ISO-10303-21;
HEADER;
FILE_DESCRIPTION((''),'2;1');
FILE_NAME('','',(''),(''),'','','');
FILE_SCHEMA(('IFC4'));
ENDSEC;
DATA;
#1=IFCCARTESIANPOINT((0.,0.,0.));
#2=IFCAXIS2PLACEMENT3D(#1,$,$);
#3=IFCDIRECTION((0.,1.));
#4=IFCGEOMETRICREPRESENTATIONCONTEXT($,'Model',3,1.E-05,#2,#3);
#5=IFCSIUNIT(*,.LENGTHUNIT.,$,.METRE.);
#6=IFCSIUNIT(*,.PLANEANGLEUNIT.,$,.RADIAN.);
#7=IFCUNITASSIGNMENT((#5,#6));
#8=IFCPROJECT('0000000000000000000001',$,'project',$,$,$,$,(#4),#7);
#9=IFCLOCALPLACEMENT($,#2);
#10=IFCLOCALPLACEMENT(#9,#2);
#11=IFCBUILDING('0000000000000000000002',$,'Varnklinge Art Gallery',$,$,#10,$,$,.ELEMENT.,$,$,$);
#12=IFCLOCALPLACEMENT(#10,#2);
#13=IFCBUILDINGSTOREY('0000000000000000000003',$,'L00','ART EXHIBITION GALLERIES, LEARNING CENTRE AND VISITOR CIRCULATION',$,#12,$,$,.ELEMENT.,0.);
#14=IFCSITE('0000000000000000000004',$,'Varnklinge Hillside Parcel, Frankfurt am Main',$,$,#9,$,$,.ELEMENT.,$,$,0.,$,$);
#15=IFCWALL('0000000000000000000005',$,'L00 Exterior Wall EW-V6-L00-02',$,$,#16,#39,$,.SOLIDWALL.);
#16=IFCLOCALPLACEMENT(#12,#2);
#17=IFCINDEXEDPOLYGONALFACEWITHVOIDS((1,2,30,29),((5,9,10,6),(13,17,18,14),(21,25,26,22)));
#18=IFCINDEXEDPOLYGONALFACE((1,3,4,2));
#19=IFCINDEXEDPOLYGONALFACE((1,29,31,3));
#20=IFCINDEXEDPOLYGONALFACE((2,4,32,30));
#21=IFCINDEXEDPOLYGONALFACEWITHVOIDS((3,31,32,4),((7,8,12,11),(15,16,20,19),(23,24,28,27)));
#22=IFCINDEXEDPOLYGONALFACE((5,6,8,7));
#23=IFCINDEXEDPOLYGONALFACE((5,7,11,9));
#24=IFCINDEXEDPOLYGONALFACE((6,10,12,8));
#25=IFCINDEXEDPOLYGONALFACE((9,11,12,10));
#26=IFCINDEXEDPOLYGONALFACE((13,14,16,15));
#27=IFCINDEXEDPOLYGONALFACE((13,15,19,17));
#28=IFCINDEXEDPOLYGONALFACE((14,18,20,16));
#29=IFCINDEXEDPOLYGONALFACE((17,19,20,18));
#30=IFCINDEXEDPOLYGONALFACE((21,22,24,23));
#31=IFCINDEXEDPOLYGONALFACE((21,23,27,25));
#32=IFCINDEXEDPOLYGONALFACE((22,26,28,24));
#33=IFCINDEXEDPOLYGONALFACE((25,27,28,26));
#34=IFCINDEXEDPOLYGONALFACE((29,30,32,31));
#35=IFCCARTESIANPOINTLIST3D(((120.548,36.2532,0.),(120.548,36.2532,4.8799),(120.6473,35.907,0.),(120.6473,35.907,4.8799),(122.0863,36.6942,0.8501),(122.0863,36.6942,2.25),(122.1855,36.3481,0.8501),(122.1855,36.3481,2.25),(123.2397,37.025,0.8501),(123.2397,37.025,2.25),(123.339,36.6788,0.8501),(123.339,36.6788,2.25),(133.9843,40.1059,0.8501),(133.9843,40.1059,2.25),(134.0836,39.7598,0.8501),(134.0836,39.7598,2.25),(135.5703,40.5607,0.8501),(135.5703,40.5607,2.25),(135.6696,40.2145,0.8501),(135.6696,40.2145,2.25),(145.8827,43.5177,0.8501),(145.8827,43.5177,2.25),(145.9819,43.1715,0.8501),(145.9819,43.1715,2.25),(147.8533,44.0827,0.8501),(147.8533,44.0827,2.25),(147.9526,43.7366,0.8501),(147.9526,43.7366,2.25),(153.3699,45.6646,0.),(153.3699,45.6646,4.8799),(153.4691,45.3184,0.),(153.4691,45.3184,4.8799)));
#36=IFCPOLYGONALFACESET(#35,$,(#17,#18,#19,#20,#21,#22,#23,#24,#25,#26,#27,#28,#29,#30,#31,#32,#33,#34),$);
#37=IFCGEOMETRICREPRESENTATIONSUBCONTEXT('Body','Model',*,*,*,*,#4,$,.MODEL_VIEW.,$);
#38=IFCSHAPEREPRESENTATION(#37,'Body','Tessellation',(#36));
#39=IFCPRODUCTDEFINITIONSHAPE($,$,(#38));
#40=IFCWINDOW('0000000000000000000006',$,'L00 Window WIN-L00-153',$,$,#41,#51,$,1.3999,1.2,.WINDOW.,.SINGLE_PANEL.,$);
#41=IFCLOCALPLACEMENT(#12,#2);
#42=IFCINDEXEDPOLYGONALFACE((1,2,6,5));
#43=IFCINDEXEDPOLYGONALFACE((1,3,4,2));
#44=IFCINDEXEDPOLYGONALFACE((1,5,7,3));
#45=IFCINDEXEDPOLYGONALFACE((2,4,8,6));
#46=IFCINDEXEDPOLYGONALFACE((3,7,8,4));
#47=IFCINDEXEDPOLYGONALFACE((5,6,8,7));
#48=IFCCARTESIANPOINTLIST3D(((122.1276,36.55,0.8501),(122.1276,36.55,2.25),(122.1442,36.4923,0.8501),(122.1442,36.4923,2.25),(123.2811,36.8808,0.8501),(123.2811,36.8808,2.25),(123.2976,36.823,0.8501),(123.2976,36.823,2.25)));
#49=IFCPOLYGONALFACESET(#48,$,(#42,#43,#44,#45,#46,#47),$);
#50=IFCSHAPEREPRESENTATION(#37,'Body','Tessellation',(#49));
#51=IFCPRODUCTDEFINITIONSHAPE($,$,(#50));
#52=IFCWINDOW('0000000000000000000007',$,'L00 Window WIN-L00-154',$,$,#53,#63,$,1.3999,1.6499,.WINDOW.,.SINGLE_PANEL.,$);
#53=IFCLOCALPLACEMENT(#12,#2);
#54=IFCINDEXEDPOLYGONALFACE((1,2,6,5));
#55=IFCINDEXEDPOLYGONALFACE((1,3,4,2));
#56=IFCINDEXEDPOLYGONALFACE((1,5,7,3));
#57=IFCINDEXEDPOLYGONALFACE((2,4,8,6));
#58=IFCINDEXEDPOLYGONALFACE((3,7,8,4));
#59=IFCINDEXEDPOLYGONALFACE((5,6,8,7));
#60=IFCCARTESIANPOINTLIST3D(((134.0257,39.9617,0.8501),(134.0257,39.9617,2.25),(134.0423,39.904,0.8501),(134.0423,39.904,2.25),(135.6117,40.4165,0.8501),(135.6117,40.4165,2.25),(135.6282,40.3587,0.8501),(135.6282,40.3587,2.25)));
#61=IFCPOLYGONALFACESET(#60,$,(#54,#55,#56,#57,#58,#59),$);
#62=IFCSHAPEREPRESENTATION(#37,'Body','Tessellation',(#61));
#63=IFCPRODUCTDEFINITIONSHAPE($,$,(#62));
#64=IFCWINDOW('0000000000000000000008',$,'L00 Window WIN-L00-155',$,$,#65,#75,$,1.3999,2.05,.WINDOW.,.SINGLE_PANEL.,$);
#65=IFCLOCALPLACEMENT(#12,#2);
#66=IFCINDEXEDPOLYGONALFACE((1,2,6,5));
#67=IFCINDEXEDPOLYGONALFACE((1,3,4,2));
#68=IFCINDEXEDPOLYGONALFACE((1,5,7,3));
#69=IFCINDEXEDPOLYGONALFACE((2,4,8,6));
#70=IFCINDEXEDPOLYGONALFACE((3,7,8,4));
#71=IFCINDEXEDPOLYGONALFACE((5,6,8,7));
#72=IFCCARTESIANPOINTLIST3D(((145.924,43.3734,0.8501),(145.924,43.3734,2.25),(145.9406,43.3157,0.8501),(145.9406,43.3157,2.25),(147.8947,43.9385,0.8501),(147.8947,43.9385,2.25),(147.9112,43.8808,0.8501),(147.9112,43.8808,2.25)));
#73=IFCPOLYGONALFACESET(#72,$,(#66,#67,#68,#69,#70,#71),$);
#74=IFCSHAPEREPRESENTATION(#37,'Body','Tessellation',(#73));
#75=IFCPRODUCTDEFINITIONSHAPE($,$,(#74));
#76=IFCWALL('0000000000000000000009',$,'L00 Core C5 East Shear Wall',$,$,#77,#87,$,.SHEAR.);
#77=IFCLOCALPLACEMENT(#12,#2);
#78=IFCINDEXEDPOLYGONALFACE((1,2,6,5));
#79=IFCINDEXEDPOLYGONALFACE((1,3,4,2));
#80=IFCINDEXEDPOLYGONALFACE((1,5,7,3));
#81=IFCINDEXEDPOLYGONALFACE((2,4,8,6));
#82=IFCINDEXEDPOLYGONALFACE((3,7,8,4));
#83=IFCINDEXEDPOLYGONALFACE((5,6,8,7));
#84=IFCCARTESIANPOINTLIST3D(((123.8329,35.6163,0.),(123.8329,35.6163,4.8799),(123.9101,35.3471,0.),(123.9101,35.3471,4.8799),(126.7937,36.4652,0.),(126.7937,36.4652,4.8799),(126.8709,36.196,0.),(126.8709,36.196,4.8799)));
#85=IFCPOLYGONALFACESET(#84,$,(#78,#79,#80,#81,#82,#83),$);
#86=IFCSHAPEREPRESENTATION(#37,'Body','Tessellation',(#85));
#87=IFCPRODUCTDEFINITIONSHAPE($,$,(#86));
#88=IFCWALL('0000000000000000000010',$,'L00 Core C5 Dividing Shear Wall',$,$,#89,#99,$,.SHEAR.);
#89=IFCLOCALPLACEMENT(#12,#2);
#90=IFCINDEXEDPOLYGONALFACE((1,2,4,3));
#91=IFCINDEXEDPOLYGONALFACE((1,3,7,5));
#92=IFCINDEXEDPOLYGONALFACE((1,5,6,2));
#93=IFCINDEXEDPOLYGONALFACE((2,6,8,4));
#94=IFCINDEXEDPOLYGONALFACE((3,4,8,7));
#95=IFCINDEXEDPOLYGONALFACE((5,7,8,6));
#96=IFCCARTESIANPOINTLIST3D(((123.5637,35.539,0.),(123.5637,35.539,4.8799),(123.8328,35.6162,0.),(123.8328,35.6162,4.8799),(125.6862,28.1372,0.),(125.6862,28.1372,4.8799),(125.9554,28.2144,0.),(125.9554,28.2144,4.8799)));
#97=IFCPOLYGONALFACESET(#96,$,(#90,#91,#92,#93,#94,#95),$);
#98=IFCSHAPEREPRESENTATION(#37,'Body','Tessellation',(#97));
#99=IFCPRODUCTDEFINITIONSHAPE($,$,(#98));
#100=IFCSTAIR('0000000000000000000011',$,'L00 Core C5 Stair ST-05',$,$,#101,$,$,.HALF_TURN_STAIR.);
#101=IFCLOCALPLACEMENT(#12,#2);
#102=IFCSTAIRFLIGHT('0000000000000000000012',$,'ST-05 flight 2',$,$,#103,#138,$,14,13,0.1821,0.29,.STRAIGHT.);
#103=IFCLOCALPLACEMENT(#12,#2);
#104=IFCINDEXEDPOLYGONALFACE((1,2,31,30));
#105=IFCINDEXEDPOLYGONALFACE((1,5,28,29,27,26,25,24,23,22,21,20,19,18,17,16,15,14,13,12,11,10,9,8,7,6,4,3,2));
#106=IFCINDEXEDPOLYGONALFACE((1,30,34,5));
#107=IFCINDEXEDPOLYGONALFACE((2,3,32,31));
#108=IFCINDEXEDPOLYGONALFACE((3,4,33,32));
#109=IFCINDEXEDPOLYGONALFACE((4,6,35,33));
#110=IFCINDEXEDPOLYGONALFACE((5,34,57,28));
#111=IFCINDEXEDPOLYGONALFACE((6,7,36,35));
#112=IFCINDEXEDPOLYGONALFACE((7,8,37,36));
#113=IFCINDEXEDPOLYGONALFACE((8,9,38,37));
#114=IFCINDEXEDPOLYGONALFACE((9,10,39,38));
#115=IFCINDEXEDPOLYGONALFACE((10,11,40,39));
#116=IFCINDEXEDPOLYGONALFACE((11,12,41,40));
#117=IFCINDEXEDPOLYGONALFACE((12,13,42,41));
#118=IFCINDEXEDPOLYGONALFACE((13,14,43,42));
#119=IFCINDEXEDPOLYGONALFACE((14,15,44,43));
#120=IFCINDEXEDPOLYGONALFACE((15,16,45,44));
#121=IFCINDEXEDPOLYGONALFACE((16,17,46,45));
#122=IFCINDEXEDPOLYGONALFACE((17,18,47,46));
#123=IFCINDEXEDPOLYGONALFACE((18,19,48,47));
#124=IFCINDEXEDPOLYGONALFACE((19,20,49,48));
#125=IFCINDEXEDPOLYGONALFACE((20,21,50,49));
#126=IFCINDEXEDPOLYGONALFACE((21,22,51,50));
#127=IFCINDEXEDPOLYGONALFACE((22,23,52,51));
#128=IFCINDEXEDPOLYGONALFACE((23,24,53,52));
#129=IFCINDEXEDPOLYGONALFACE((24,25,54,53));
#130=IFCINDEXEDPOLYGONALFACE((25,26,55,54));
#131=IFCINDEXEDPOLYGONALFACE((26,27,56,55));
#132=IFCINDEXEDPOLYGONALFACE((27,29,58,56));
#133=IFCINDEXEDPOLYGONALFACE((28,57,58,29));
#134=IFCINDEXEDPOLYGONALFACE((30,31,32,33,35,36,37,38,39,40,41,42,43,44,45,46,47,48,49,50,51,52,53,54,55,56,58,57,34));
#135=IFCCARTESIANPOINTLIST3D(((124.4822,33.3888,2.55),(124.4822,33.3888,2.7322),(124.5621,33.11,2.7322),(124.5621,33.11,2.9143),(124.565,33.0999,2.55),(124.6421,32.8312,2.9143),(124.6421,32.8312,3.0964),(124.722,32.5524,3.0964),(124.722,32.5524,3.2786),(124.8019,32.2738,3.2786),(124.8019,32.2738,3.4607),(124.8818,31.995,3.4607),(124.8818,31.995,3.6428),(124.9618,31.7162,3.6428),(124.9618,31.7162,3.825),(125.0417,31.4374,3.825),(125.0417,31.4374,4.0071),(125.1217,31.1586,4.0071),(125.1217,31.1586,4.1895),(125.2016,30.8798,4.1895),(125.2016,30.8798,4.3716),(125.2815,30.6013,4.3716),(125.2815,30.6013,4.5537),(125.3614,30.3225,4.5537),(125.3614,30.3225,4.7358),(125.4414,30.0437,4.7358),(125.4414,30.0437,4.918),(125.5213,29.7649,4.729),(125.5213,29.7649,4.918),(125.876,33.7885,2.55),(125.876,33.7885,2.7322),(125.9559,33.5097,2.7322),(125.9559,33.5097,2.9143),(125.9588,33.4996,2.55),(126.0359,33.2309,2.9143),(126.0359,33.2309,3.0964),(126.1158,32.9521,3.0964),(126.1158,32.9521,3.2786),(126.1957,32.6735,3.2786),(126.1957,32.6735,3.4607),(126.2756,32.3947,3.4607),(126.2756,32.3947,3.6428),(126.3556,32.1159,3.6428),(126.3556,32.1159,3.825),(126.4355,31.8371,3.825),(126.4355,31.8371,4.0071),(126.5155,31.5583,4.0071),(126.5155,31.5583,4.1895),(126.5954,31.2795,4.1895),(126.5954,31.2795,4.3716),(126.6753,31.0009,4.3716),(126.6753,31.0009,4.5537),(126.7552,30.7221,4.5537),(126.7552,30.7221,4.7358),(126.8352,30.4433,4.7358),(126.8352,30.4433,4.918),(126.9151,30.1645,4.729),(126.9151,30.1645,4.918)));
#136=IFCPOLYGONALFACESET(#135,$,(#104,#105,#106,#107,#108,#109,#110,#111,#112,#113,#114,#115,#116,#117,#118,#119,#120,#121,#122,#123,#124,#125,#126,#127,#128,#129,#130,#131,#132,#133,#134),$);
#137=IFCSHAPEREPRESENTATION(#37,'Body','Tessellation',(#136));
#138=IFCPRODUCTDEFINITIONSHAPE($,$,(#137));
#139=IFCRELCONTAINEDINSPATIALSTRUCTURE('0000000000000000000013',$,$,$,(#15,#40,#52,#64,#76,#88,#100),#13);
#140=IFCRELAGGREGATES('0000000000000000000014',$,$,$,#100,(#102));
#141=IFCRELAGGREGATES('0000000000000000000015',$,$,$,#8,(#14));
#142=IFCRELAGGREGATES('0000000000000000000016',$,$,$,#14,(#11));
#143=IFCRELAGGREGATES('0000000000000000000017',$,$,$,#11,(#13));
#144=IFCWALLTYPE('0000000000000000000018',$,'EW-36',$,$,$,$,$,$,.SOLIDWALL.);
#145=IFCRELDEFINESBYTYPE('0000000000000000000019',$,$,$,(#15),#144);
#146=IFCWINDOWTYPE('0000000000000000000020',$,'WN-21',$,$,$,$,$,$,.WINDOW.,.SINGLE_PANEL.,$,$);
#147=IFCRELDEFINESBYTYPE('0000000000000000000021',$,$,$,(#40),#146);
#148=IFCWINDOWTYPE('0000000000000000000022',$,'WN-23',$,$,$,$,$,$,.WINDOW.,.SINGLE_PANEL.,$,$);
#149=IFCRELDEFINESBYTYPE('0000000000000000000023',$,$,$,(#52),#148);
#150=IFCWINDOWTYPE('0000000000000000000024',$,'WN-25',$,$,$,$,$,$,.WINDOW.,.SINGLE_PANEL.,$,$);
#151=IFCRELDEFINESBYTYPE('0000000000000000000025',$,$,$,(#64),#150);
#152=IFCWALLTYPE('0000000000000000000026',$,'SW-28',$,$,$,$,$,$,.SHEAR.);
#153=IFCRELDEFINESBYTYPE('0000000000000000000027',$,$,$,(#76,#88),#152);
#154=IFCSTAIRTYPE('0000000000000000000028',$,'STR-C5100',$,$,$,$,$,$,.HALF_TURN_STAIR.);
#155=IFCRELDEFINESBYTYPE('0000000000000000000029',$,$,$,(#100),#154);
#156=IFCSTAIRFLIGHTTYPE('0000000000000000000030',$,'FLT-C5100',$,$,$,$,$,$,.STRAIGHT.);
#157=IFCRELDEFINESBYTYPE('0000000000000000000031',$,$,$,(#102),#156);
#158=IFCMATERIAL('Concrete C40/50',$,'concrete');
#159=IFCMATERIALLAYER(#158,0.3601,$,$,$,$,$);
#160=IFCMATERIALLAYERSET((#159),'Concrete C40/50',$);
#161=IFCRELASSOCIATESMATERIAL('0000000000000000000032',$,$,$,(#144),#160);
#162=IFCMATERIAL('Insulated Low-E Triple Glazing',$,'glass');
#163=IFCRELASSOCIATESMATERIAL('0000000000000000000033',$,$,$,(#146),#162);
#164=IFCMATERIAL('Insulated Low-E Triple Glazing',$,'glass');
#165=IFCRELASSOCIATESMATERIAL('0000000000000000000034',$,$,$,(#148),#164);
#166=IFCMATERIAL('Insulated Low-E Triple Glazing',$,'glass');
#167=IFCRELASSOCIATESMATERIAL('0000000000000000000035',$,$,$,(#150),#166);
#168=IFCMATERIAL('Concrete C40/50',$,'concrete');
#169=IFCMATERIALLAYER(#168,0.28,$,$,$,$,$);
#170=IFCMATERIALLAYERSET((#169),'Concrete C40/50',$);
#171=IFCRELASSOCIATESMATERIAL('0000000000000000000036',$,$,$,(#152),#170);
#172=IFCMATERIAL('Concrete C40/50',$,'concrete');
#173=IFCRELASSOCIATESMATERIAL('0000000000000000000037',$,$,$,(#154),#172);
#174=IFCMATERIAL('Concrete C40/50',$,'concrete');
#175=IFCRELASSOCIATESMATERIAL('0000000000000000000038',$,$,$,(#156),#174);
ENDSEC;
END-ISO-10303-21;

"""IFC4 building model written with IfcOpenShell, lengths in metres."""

from ifc_helpers import new_model, si_unit, direction, frame, frame_2d, origin, place, context, subcontext, project, spatial, polyline, rectangle, outline, extrude, material, layer, layer_set, type_object, element, fill, aggregate, save


model = new_model("IFC4")

# Units and contexts
model_context = context("Model", 3, precision=1e-05, world=origin(), true_north=direction((0.0, 1.0)))
body_context = subcontext(model_context, "Body", "Model", "MODEL_VIEW")
ifc_project = project(units=[si_unit("LENGTHUNIT", "METRE"), si_unit("PLANEANGLEUNIT", "RADIAN")], contexts=[model_context])

# Site, building, storey
site_placement = place(None, origin())
site = spatial("IfcSite", under=ifc_project, at=site_placement, Name="Varnklinge Hillside Parcel, Frankfurt am Main", CompositionType="ELEMENT", RefElevation=0.0)
building_placement = place(site_placement, origin())
building = spatial("IfcBuilding", under=site, at=building_placement, Name="Varnklinge Art Gallery", CompositionType="ELEMENT")
storey_placement = place(building_placement, origin())
storey = spatial("IfcBuildingStorey", under=building, at=storey_placement, Name="L00", Description="ART EXHIBITION GALLERIES, LEARNING CENTRE AND VISITOR CIRCULATION", CompositionType="ELEMENT", Elevation=0.0)

# Wall, openings, windows
ifc_material_1 = material(Name="Concrete C40/50", Category="concrete")
ifc_layer_1 = layer(ifc_material_1, 0.3601)
ifc_layer_set_1 = layer_set([ifc_layer_1], Name="Concrete C40/50")
wall_type_1 = type_object("IfcWallType", Name="EW-36", PredefinedType="SOLIDWALL", material=ifc_layer_set_1)
wall_1_placement = place(storey_placement, frame((120.5977, 36.0801, 0.0), z_axis=(0.0, 0.0, 1.0), x_axis=(0.961263, 0.275634, 0.0)))
wall_1 = element("IfcWall", 1, at=wall_1_placement, inside=storey, type_object=wall_type_1, Name="L00 Exterior Wall EW-V6-L00-02", PredefinedType="SOLIDWALL", context=body_context, shape_type="SweptSolid", body=[
    extrude(rectangle(XDim=34.1445, YDim=0.3601, at=frame_2d((17.0723, 0.0))), origin(), (0.0, 0.0, 1.0), 4.8799),
])
opening_1_placement = place(wall_1_placement, frame((1.6001, 0.0, 0.8501)))
opening_1 = element("IfcOpeningElement", 2, at=opening_1_placement, cuts=wall_1, PredefinedType="OPENING", context=body_context, shape_type="SweptSolid", body=[
    extrude(rectangle(XDim=1.2, YDim=1.3999, at=frame_2d((0.6001, 0.7))), frame((0.0, 0.1902, 0.0), z_axis=(0.0, -1.0, 0.0), x_axis=(1.0, 0.0, 0.0)), (0.0, 0.0, 1.0), 0.3801),
])
opening_2_placement = place(wall_1_placement, frame((13.9778, 0.0, 0.8501)))
opening_2 = element("IfcOpeningElement", 3, at=opening_2_placement, cuts=wall_1, PredefinedType="OPENING", context=body_context, shape_type="SweptSolid", body=[
    extrude(rectangle(XDim=1.6499, YDim=1.3999, at=frame_2d((0.825, 0.7))), frame((0.0, 0.1902, 0.0), z_axis=(0.0, -1.0, 0.0), x_axis=(1.0, 0.0, 0.0)), (0.0, 0.0, 1.0), 0.3801),
])
opening_3_placement = place(wall_1_placement, frame((26.3557, 0.0, 0.8501)))
opening_3 = element("IfcOpeningElement", 4, at=opening_3_placement, cuts=wall_1, PredefinedType="OPENING", context=body_context, shape_type="SweptSolid", body=[
    extrude(rectangle(XDim=2.05, YDim=1.3999, at=frame_2d((1.0249, 0.7))), frame((0.0, 0.1902, 0.0), z_axis=(0.0, -1.0, 0.0), x_axis=(1.0, 0.0, 0.0)), (0.0, 0.0, 1.0), 0.3801),
])
ifc_material_2 = material(Name="Insulated Low-E Triple Glazing", Category="glass")
window_type_1 = type_object("IfcWindowType", Name="WN-21", PartitioningType="SINGLE_PANEL", PredefinedType="WINDOW", material=ifc_material_2)
window_1_placement = place(opening_1_placement, origin())
window_1 = element("IfcWindow", 5, at=window_1_placement, inside=storey, type_object=window_type_1, Name="L00 Window WIN-L00-153", OverallHeight=1.3999, OverallWidth=1.2, PartitioningType="SINGLE_PANEL", PredefinedType="WINDOW", context=body_context, shape_type="SweptSolid", body=[
    extrude(rectangle(XDim=1.2, YDim=1.3999, at=frame_2d((0.6001, 0.7))), frame((0.0, 0.03, 0.0), z_axis=(0.0, -1.0, 0.0), x_axis=(1.0, 0.0, 0.0)), (0.0, 0.0, 1.0), 0.0601),
])
fill(opening_1, window_1)
ifc_material_3 = material(Name="Insulated Low-E Triple Glazing", Category="glass")
window_type_2 = type_object("IfcWindowType", Name="WN-23", PartitioningType="SINGLE_PANEL", PredefinedType="WINDOW", material=ifc_material_3)
window_2_placement = place(opening_2_placement, origin())
window_2 = element("IfcWindow", 6, at=window_2_placement, inside=storey, type_object=window_type_2, Name="L00 Window WIN-L00-154", OverallHeight=1.3999, OverallWidth=1.6499, PartitioningType="SINGLE_PANEL", PredefinedType="WINDOW", context=body_context, shape_type="SweptSolid", body=[
    extrude(rectangle(XDim=1.6499, YDim=1.3999, at=frame_2d((0.825, 0.7))), frame((0.0, 0.03, 0.0), z_axis=(0.0, -1.0, 0.0), x_axis=(1.0, 0.0, 0.0)), (0.0, 0.0, 1.0), 0.0601),
])
fill(opening_2, window_2)
ifc_material_4 = material(Name="Insulated Low-E Triple Glazing", Category="glass")
window_type_3 = type_object("IfcWindowType", Name="WN-25", PartitioningType="SINGLE_PANEL", PredefinedType="WINDOW", material=ifc_material_4)
window_3_placement = place(opening_3_placement, origin())
window_3 = element("IfcWindow", 7, at=window_3_placement, inside=storey, type_object=window_type_3, Name="L00 Window WIN-L00-155", OverallHeight=1.3999, OverallWidth=2.05, PartitioningType="SINGLE_PANEL", PredefinedType="WINDOW", context=body_context, shape_type="SweptSolid", body=[
    extrude(rectangle(XDim=2.05, YDim=1.3999, at=frame_2d((1.0249, 0.7))), frame((0.0, 0.03, 0.0), z_axis=(0.0, -1.0, 0.0), x_axis=(1.0, 0.0, 0.0)), (0.0, 0.0, 1.0), 0.0601),
])
fill(opening_3, window_3)

# Walls
ifc_material_5 = material(Name="Concrete C40/50", Category="concrete")
ifc_layer_2 = layer(ifc_material_5, 0.28)
ifc_layer_set_2 = layer_set([ifc_layer_2], Name="Concrete C40/50")
wall_type_2 = type_object("IfcWallType", Name="SW-28", PredefinedType="SHEAR", material=ifc_layer_set_2)
wall_2_placement = place(storey_placement, frame((126.8323, 36.3306, 0.0), z_axis=(0.0, 0.0, 1.0), x_axis=(-0.961269, -0.275611, 0.0)))
element("IfcWall", 8, at=wall_2_placement, inside=storey, type_object=wall_type_2, Name="L00 Core C5 East Shear Wall", PredefinedType="SHEAR", context=body_context, shape_type="SweptSolid", body=[
    extrude(rectangle(XDim=3.0801, YDim=0.28, at=frame_2d((1.54, 0.0))), origin(), (0.0, 0.0, 1.0), 4.8799),
])
wall_3_placement = place(storey_placement, frame((123.6982, 35.5776, 0.0), z_axis=(0.0, 0.0, 1.0), x_axis=(0.275651, -0.961258, 0.0)))
element("IfcWall", 9, at=wall_3_placement, inside=storey, type_object=wall_type_2, Name="L00 Core C5 Dividing Shear Wall", PredefinedType="SHEAR", context=body_context, shape_type="SweptSolid", body=[
    extrude(rectangle(XDim=7.7002, YDim=0.28, at=frame_2d((3.8501, 0.0))), origin(), (0.0, 0.0, 1.0), 4.8799),
])

# Stair, stair flight
ifc_material_6 = material(Name="Concrete C40/50", Category="concrete")
stair_type = type_object("IfcStairType", Name="STR-C5100", PredefinedType="HALF_TURN_STAIR", material=ifc_material_6)
stair_placement = place(storey_placement, origin())
stair = element("IfcStair", 10, at=stair_placement, inside=storey, type_object=stair_type, Name="L00 Core C5 Stair ST-05", PredefinedType="HALF_TURN_STAIR")
ifc_material_7 = material(Name="Concrete C40/50", Category="concrete")
stair_flight_type = type_object("IfcStairFlightType", Name="FLT-C5100", PredefinedType="STRAIGHT", material=ifc_material_7)
stair_flight_placement = place(storey_placement, frame((125.179, 33.5886, 2.55), z_axis=(0.0, 0.0, 1.0), x_axis=(0.275637, -0.961262, 0.0)))
stair_flight = element("IfcStairFlight", 11, at=stair_flight_placement, type_object=stair_flight_type, Name="ST-05 flight 2", NumberOfRisers=14, NumberOfTreads=13, PredefinedType="STRAIGHT", RiserHeight=0.1821, TreadLength=0.29, context=body_context, shape_type="SweptSolid", body=[
    extrude(outline(polyline([(0.0, 0.0), (0.0, 0.1821), (0.29, 0.1821), (0.29, 0.3643), (0.5801, 0.3643), (0.5801, 0.5464), (0.8701, 0.5464), (0.8701, 0.7285), (1.1599, 0.7285), (1.1599, 0.9106), (1.45, 0.9106), (1.45, 1.0928), (1.74, 1.0928), (1.74, 1.2749), (2.03, 1.2749), (2.03, 1.457), (2.3201, 1.457), (2.3201, 1.6394), (2.6101, 1.6394), (2.6101, 1.8215), (2.8999, 1.8215), (2.8999, 2.0037), (3.1899, 2.0037), (3.1899, 2.1858), (3.48, 2.1858), (3.48, 2.3679), (3.77, 2.3679), (3.77, 2.55), (3.77, 2.179), (0.3005, 0.0), (0.0, 0.0)])), frame((0.0, 0.7251, 0.0), z_axis=(0.0, -1.0, 0.0), x_axis=(1.0, 0.0, 0.0)), (0.0, 0.0, 1.0), 1.45),
])
aggregate(stair, [stair_flight])

save(model, "model.ifc")
